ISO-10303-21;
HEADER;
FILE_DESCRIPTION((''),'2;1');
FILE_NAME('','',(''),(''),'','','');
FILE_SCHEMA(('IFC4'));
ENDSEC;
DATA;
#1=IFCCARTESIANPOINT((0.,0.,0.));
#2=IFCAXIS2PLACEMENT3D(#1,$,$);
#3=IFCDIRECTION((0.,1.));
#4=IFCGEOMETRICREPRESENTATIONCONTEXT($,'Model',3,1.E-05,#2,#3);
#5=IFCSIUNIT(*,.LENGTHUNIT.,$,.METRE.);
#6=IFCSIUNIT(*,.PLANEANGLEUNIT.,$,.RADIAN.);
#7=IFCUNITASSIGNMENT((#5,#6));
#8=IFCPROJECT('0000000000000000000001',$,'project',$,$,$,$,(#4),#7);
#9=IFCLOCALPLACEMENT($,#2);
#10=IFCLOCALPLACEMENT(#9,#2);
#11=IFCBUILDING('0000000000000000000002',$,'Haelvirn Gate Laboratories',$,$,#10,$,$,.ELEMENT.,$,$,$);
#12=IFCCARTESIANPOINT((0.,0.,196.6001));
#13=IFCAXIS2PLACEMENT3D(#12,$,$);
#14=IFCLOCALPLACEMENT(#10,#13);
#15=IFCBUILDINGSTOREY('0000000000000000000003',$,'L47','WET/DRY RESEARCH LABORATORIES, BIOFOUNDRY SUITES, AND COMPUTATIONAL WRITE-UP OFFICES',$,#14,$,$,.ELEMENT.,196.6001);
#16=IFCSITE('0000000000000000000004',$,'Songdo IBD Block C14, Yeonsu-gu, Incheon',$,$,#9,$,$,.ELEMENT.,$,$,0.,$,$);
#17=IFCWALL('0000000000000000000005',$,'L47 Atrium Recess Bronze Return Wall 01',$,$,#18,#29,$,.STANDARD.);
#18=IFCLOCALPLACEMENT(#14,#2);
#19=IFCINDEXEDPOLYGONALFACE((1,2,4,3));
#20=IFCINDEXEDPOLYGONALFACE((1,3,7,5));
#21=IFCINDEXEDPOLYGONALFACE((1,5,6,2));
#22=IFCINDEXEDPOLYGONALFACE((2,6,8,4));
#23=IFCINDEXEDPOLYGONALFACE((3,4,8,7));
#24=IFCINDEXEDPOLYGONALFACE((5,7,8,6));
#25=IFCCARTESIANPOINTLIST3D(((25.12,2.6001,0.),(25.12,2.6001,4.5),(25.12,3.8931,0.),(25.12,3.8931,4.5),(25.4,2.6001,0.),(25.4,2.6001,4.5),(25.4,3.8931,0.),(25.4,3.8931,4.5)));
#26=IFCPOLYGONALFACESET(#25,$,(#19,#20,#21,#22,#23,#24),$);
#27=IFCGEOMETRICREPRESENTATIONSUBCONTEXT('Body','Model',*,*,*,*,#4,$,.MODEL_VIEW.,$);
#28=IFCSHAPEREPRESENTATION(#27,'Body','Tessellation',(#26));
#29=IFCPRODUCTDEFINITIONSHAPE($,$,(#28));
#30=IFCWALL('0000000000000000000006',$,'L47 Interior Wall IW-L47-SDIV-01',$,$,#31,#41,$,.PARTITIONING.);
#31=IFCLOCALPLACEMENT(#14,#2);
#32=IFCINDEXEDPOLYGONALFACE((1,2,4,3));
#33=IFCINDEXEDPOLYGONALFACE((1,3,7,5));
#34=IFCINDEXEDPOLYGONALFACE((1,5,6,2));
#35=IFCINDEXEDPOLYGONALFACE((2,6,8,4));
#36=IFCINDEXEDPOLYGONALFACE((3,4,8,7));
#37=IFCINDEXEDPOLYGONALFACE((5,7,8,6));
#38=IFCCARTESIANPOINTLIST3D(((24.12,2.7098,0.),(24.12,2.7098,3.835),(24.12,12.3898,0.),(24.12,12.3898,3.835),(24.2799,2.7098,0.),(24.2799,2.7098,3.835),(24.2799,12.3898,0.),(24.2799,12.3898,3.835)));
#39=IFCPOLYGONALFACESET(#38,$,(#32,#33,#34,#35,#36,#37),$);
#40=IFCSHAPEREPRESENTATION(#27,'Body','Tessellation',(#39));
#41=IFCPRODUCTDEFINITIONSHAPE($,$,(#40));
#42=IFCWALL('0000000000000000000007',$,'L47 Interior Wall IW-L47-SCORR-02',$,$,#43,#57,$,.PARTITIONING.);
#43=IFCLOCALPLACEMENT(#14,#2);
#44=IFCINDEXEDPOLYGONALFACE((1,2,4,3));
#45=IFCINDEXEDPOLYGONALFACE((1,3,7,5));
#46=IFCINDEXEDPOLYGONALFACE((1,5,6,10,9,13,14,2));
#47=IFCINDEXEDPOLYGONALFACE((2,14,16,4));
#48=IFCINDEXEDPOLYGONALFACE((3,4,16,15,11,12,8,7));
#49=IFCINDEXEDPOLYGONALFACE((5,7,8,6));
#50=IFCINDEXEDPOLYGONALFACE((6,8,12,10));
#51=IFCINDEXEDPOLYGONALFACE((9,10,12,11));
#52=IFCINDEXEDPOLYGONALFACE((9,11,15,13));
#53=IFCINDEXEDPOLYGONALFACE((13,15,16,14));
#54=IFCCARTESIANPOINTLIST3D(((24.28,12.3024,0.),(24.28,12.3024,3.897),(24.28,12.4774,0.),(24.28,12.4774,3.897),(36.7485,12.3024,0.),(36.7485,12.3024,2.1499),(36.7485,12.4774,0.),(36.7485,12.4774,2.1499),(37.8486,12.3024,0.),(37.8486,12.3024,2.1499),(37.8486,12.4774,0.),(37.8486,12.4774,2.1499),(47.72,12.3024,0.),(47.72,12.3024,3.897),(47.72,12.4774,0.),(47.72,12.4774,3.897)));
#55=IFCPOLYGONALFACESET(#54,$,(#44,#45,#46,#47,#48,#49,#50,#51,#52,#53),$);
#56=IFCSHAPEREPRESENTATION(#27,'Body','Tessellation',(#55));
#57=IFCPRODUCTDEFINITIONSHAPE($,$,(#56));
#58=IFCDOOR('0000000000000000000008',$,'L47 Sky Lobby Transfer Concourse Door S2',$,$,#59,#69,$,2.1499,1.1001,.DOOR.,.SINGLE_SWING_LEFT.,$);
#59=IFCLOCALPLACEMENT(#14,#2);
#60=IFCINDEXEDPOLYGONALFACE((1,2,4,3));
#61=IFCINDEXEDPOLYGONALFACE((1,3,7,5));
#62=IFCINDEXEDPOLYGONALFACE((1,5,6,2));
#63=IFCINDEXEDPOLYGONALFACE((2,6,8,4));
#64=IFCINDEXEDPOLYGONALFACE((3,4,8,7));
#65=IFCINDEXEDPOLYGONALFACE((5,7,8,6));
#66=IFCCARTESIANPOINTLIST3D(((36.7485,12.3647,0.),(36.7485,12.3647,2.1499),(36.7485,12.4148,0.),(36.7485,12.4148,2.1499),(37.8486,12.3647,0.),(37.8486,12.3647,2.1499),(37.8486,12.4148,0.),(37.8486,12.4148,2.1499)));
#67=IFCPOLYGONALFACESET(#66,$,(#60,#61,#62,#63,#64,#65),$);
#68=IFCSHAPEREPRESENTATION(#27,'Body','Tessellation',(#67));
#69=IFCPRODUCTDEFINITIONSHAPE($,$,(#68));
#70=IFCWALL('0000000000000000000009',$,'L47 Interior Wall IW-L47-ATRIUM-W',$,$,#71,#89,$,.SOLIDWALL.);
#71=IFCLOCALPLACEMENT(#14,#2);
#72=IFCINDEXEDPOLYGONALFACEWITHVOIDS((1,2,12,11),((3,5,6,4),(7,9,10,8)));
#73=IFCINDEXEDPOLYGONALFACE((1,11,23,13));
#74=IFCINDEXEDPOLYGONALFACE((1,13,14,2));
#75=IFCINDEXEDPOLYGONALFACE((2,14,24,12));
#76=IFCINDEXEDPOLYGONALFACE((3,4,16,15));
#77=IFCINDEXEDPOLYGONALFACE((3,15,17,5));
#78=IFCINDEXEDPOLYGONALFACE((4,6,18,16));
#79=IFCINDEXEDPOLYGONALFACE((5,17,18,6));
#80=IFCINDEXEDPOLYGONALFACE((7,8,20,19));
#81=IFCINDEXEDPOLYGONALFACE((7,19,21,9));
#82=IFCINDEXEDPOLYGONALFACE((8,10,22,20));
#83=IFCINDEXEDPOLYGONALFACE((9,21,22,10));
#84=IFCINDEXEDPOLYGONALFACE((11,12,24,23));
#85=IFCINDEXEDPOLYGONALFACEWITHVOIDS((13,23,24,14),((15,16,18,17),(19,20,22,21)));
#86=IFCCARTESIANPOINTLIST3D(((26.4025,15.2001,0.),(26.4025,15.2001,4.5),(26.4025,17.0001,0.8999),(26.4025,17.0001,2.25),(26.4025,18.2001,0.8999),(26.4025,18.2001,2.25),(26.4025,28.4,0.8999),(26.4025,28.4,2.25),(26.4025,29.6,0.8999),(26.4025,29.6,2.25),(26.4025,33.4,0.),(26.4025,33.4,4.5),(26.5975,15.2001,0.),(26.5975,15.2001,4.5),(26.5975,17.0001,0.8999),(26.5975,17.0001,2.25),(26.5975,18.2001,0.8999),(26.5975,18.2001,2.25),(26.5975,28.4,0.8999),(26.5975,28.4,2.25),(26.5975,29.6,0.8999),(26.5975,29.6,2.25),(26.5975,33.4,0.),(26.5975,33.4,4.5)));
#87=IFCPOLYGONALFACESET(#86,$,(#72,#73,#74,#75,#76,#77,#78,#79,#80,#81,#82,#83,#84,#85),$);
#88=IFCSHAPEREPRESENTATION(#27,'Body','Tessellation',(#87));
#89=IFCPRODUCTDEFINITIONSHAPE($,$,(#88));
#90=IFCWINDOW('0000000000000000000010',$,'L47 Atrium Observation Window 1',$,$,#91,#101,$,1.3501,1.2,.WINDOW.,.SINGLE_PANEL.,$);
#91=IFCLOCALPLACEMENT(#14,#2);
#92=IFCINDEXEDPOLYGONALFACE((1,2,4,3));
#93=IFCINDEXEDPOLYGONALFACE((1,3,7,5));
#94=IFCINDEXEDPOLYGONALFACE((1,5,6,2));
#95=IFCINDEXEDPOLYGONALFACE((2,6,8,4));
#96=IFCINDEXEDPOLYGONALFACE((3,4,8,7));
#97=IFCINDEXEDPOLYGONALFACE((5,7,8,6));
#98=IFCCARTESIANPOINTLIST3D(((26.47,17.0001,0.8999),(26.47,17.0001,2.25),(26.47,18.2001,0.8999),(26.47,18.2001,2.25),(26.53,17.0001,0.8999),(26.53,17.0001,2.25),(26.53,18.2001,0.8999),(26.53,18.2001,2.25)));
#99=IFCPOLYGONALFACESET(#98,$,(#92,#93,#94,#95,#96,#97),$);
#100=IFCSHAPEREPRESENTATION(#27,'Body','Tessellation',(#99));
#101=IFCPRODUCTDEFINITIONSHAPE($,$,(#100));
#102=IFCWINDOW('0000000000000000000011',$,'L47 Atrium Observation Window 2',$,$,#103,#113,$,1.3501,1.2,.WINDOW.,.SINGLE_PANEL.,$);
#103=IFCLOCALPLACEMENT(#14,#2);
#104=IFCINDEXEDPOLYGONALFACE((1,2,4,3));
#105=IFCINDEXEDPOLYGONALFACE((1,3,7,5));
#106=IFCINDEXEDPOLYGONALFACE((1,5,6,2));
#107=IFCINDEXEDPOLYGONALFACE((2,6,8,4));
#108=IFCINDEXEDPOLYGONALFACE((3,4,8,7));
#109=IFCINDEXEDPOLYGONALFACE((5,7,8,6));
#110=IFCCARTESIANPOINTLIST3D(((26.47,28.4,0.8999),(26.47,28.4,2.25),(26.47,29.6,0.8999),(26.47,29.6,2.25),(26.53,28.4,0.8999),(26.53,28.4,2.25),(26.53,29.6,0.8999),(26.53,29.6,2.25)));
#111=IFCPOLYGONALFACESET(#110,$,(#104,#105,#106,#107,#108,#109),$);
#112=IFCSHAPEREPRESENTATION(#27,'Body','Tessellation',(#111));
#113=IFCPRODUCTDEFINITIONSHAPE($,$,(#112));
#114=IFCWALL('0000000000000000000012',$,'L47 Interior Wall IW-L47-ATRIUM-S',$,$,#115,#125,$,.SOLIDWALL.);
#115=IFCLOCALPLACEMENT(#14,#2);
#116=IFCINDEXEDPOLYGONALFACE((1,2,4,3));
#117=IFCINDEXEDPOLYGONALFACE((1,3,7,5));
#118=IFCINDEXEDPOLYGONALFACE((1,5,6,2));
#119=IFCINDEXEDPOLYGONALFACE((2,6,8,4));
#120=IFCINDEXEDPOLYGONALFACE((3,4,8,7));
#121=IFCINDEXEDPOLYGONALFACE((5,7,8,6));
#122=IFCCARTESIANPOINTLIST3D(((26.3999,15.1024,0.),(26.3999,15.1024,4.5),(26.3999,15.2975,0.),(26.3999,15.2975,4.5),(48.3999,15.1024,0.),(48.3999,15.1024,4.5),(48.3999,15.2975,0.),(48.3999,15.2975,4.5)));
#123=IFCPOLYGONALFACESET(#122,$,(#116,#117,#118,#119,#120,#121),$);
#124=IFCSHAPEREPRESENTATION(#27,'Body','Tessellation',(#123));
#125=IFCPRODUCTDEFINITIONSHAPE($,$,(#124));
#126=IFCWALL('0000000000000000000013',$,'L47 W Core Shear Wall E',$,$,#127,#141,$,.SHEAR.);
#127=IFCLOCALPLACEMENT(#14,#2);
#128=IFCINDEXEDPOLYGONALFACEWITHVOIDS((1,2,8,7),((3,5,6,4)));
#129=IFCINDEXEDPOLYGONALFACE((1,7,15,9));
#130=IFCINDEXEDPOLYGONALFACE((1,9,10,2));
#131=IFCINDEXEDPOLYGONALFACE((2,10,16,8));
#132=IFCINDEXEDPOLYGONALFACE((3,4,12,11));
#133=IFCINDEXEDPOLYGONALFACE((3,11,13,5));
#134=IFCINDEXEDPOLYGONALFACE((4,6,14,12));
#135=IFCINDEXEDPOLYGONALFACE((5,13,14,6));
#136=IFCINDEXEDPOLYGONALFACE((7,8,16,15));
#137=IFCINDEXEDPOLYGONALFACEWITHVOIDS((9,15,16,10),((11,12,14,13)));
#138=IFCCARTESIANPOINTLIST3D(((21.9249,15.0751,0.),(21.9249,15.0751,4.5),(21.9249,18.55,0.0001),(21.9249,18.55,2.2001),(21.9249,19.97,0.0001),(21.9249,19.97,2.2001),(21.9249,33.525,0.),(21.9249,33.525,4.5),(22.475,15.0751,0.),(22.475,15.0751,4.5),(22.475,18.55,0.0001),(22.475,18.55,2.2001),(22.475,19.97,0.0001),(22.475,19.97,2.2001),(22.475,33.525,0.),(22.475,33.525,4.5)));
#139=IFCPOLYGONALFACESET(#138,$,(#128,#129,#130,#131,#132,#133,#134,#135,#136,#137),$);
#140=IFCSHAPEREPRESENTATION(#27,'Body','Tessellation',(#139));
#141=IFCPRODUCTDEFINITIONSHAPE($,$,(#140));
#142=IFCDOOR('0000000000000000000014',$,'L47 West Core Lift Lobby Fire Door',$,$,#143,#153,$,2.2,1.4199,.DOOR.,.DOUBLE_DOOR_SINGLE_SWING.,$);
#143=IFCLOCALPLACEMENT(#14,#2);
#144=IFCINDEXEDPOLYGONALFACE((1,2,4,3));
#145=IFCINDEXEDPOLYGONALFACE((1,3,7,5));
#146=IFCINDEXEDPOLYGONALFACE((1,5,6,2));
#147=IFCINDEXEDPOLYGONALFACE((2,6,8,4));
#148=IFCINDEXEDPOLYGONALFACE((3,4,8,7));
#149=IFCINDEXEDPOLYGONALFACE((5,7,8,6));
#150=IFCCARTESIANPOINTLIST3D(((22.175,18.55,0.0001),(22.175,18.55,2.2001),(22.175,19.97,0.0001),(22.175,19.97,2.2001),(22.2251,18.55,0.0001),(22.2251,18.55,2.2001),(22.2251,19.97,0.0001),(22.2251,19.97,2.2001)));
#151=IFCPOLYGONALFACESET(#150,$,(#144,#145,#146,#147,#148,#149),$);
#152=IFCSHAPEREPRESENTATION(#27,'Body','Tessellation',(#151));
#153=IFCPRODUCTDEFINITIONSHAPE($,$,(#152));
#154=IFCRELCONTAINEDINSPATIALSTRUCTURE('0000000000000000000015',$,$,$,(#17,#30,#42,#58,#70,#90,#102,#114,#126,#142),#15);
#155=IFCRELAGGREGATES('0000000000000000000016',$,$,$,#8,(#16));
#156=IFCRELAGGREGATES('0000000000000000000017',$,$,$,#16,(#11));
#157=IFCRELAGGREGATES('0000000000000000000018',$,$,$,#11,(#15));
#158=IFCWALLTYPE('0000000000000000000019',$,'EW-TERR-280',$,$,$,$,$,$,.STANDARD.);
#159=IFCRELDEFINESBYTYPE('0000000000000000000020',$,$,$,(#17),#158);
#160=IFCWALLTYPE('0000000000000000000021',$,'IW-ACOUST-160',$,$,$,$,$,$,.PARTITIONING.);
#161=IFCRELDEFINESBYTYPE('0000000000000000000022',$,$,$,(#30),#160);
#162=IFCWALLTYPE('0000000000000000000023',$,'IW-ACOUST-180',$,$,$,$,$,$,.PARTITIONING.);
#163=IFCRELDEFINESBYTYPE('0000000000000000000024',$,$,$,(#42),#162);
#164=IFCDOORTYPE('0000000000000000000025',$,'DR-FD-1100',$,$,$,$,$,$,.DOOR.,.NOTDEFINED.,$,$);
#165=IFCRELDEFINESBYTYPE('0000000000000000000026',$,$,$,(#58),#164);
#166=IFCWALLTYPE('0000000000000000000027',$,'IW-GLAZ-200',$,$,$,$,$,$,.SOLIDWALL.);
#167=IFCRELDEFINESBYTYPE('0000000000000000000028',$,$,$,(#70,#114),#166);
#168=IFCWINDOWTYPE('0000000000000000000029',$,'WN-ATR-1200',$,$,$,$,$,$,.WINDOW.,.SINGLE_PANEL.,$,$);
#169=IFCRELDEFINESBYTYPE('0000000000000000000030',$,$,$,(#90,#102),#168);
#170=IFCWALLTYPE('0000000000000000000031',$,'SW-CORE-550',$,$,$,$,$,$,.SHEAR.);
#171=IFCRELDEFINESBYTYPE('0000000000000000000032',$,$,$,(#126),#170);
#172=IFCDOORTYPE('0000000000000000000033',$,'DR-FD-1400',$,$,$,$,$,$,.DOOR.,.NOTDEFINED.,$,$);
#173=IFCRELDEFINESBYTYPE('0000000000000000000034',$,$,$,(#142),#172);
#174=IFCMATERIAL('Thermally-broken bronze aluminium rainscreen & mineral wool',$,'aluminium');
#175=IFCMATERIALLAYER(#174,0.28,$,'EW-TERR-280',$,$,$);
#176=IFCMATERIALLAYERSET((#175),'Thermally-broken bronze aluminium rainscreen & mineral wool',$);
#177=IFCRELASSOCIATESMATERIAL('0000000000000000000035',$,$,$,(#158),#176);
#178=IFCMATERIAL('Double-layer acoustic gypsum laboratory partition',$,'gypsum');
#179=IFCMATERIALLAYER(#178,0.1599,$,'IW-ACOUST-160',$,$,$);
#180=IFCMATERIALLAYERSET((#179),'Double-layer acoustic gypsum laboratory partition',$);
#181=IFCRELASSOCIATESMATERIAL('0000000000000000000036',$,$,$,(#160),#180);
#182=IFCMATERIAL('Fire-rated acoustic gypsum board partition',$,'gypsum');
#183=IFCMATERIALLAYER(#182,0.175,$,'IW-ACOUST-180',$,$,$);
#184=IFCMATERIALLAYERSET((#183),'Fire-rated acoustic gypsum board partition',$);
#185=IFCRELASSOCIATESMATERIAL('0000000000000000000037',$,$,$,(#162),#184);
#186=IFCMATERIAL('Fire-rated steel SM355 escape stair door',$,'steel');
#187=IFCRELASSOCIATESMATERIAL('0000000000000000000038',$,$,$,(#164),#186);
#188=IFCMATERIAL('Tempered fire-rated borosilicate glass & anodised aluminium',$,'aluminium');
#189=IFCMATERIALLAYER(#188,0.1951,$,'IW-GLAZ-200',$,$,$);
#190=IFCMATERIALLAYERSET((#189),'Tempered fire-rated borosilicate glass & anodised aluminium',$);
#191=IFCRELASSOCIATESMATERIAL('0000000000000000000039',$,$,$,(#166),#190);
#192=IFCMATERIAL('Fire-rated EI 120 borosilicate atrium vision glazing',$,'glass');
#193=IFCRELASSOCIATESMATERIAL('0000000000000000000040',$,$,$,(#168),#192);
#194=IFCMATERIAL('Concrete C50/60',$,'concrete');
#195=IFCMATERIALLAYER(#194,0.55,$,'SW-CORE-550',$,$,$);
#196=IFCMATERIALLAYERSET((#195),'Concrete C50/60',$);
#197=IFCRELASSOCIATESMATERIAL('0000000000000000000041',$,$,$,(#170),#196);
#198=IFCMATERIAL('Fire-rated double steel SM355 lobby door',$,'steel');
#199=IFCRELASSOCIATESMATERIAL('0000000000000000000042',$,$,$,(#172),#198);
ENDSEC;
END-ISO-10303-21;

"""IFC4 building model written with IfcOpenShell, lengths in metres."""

from ifc_helpers import new_model, si_unit, direction, frame, frame_2d, origin, place, context, subcontext, project, spatial, rectangle, extrude, source, transform, mapped, material, layer, layer_set, type_object, type_shapes, element, fill, save


model = new_model("IFC4")

# Units and contexts
model_context = context("Model", 3, precision=1e-05, world=origin(), true_north=direction((0.0, 1.0)))
body_context = subcontext(model_context, "Body", "Model", "MODEL_VIEW")
ifc_project = project(units=[si_unit("LENGTHUNIT", "METRE"), si_unit("PLANEANGLEUNIT", "RADIAN")], contexts=[model_context])

# Site, building, storey
site_placement = place(None, origin())
site = spatial("IfcSite", under=ifc_project, at=site_placement, Name="Songdo IBD Block C14, Yeonsu-gu, Incheon", CompositionType="ELEMENT", RefElevation=0.0)
building_placement = place(site_placement, origin())
building = spatial("IfcBuilding", under=site, at=building_placement, Name="Haelvirn Gate Laboratories", CompositionType="ELEMENT")
storey_placement = place(building_placement, frame((0.0, 0.0, 196.6001)))
storey = spatial("IfcBuildingStorey", under=building, at=storey_placement, Name="L47", Description="WET/DRY RESEARCH LABORATORIES, BIOFOUNDRY SUITES, AND COMPUTATIONAL WRITE-UP OFFICES", CompositionType="ELEMENT", Elevation=196.6001)

# Shared definitions
ifc_material_1 = material(Name="Thermally-broken bronze aluminium rainscreen & mineral wool", Category="aluminium")
ifc_layer_1 = layer(ifc_material_1, 0.28, Name="EW-TERR-280")
ifc_layer_set_1 = layer_set([ifc_layer_1], Name="Thermally-broken bronze aluminium rainscreen & mineral wool")
wall_type_1 = type_object("IfcWallType", Name="EW-TERR-280", PredefinedType="STANDARD", material=ifc_layer_set_1)

# Walls
wall_1_placement = place(storey_placement, frame((25.26, 2.6001, 0.0), z_axis=(0.0, 0.0, 1.0), x_axis=(0.0, 1.0, 0.0)))
element("IfcWall", 1, at=wall_1_placement, inside=storey, type_object=wall_type_1, Name="L47 Atrium Recess Bronze Return Wall 01", PredefinedType="STANDARD", context=body_context, shape_type="SweptSolid", body=[
    extrude(rectangle(XDim=1.293, YDim=0.28, at=frame_2d((0.6465, 0.0))), origin(), (0.0, 0.0, 1.0), 4.5),
])
ifc_material_2 = material(Name="Double-layer acoustic gypsum laboratory partition", Category="gypsum")
ifc_layer_2 = layer(ifc_material_2, 0.1599, Name="IW-ACOUST-160")
ifc_layer_set_2 = layer_set([ifc_layer_2], Name="Double-layer acoustic gypsum laboratory partition")
wall_type_2 = type_object("IfcWallType", Name="IW-ACOUST-160", PredefinedType="PARTITIONING", material=ifc_layer_set_2)
wall_2_placement = place(storey_placement, frame((24.2, 2.71, 0.0), z_axis=(0.0, 0.0, 1.0), x_axis=(0.0, 1.0, 0.0)))
element("IfcWall", 2, at=wall_2_placement, inside=storey, type_object=wall_type_2, Name="L47 Interior Wall IW-L47-SDIV-01", PredefinedType="PARTITIONING", context=body_context, shape_type="SweptSolid", body=[
    extrude(rectangle(XDim=9.6799, YDim=0.1599, at=frame_2d((4.8398, 0.0))), origin(), (0.0, 0.0, 1.0), 3.835),
])

# Wall, opening, door
ifc_material_3 = material(Name="Fire-rated acoustic gypsum board partition", Category="gypsum")
ifc_layer_3 = layer(ifc_material_3, 0.175, Name="IW-ACOUST-180")
ifc_layer_set_3 = layer_set([ifc_layer_3], Name="Fire-rated acoustic gypsum board partition")
wall_type_3 = type_object("IfcWallType", Name="IW-ACOUST-180", PredefinedType="PARTITIONING", material=ifc_layer_set_3)
wall_3_placement = place(storey_placement, frame((24.28, 12.3899, 0.0), z_axis=(0.0, 0.0, 1.0), x_axis=(1.0, 0.0, 0.0)))
wall_3 = element("IfcWall", 3, at=wall_3_placement, inside=storey, type_object=wall_type_3, Name="L47 Interior Wall IW-L47-SCORR-02", PredefinedType="PARTITIONING", context=body_context, shape_type="SweptSolid", body=[
    extrude(rectangle(XDim=23.4399, YDim=0.175, at=frame_2d((11.72, 0.0))), origin(), (0.0, 0.0, 1.0), 3.897),
])
opening_1_placement = place(wall_3_placement, frame((12.4685, 0.0, 0.0)))
opening_1 = element("IfcOpeningElement", 4, at=opening_1_placement, cuts=wall_3, PredefinedType="OPENING", context=body_context, shape_type="SweptSolid", body=[
    extrude(rectangle(XDim=1.1001, YDim=2.1499, at=frame_2d((0.55, 1.075))), frame((0.0, 0.0977, 0.0), z_axis=(0.0, -1.0, 0.0), x_axis=(1.0, 0.0, 0.0)), (0.0, 0.0, 1.0), 0.1951),
])
ifc_material_4 = material(Name="Fire-rated steel SM355 escape stair door", Category="steel")
door_type_1 = type_object("IfcDoorType", Name="DR-FD-1100", OperationType="NOTDEFINED", PredefinedType="DOOR", material=ifc_material_4)
shared_shape_1 = source(origin(), body_context, "Body", "SweptSolid", [
    extrude(rectangle(XDim=1.1001, YDim=2.1499, at=frame_2d((0.55, 1.075))), frame((0.0, 0.0249, 0.0), z_axis=(0.0, -1.0, 0.0), x_axis=(1.0, 0.0, 0.0)), (0.0, 0.0, 1.0), 0.05),
])
type_shapes(door_type_1, [shared_shape_1])
door_1_placement = place(opening_1_placement, origin())
door_1 = element("IfcDoor", 5, at=door_1_placement, inside=storey, type_object=door_type_1, Name="L47 Sky Lobby Transfer Concourse Door S2", OperationType="SINGLE_SWING_LEFT", OverallHeight=2.1499, OverallWidth=1.1001, PredefinedType="DOOR", context=body_context, shape_type="MappedRepresentation", body=[
    mapped(shared_shape_1, transform((0.0, 0.0, 0.0), scale=1.0)),
])
fill(opening_1, door_1)

# Wall, openings, windows
ifc_material_5 = material(Name="Tempered fire-rated borosilicate glass & anodised aluminium", Category="aluminium")
ifc_layer_4 = layer(ifc_material_5, 0.1951, Name="IW-GLAZ-200")
ifc_layer_set_4 = layer_set([ifc_layer_4], Name="Tempered fire-rated borosilicate glass & anodised aluminium")
wall_type_4 = type_object("IfcWallType", Name="IW-GLAZ-200", PredefinedType="SOLIDWALL", material=ifc_layer_set_4)
wall_4_placement = place(storey_placement, frame((26.5, 15.2, 0.0), z_axis=(0.0, 0.0, 1.0), x_axis=(0.0, 1.0, 0.0)))
wall_4 = element("IfcWall", 6, at=wall_4_placement, inside=storey, type_object=wall_type_4, Name="L47 Interior Wall IW-L47-ATRIUM-W", PredefinedType="SOLIDWALL", context=body_context, shape_type="SweptSolid", body=[
    extrude(rectangle(XDim=18.2, YDim=0.1951, at=frame_2d((9.1001, 0.0))), origin(), (0.0, 0.0, 1.0), 4.5),
])
opening_2_placement = place(wall_4_placement, frame((1.8, 0.0, 0.8999)))
opening_2 = element("IfcOpeningElement", 7, at=opening_2_placement, cuts=wall_4, PredefinedType="OPENING", context=body_context, shape_type="SweptSolid", body=[
    extrude(rectangle(XDim=1.2, YDim=1.3501, at=frame_2d((0.6001, 0.675))), frame((0.0, 0.1074, 0.0), z_axis=(0.0, -1.0, 0.0), x_axis=(1.0, 0.0, 0.0)), (0.0, 0.0, 1.0), 0.2151),
])
opening_3_placement = place(wall_4_placement, frame((13.2, 0.0, 0.8999)))
opening_3 = element("IfcOpeningElement", 8, at=opening_3_placement, cuts=wall_4, PredefinedType="OPENING", context=body_context, shape_type="SweptSolid", body=[
    extrude(rectangle(XDim=1.2, YDim=1.3501, at=frame_2d((0.6001, 0.675))), frame((0.0, 0.1074, 0.0), z_axis=(0.0, -1.0, 0.0), x_axis=(1.0, 0.0, 0.0)), (0.0, 0.0, 1.0), 0.2151),
])
ifc_material_6 = material(Name="Fire-rated EI 120 borosilicate atrium vision glazing", Category="glass")
window_type_1 = type_object("IfcWindowType", Name="WN-ATR-1200", PartitioningType="SINGLE_PANEL", PredefinedType="WINDOW", material=ifc_material_6)
shared_shape_2 = source(origin(), body_context, "Body", "SweptSolid", [
    extrude(rectangle(XDim=1.2, YDim=1.3501, at=frame_2d((0.6001, 0.675))), frame((0.0, 0.03, 0.0), z_axis=(0.0, -1.0, 0.0), x_axis=(1.0, 0.0, 0.0)), (0.0, 0.0, 1.0), 0.0601),
])
type_shapes(window_type_1, [shared_shape_2])
window_1_placement = place(opening_2_placement, origin())
window_1 = element("IfcWindow", 9, at=window_1_placement, inside=storey, type_object=window_type_1, Name="L47 Atrium Observation Window 1", OverallHeight=1.3501, OverallWidth=1.2, PartitioningType="SINGLE_PANEL", PredefinedType="WINDOW", context=body_context, shape_type="MappedRepresentation", body=[
    mapped(shared_shape_2, transform((0.0, 0.0, 0.0), scale=1.0)),
])
fill(opening_2, window_1)
window_2_placement = place(opening_3_placement, origin())
window_2 = element("IfcWindow", 10, at=window_2_placement, inside=storey, type_object=window_type_1, Name="L47 Atrium Observation Window 2", OverallHeight=1.3501, OverallWidth=1.2, PartitioningType="SINGLE_PANEL", PredefinedType="WINDOW", context=body_context, shape_type="MappedRepresentation", body=[
    mapped(shared_shape_2, transform((0.0, 0.0, 0.0), scale=1.0)),
])
fill(opening_3, window_2)

# Wall
wall_5_placement = place(storey_placement, frame((26.3999, 15.2, 0.0), z_axis=(0.0, 0.0, 1.0), x_axis=(1.0, 0.0, 0.0)))
element("IfcWall", 11, at=wall_5_placement, inside=storey, type_object=wall_type_4, Name="L47 Interior Wall IW-L47-ATRIUM-S", PredefinedType="SOLIDWALL", context=body_context, shape_type="SweptSolid", body=[
    extrude(rectangle(XDim=22.0, YDim=0.1951, at=frame_2d((11.0, 0.0))), origin(), (0.0, 0.0, 1.0), 4.5),
])

# Wall, opening, door
ifc_material_7 = material(Name="Concrete C50/60", Category="concrete")
ifc_layer_5 = layer(ifc_material_7, 0.55, Name="SW-CORE-550")
ifc_layer_set_5 = layer_set([ifc_layer_5], Name="Concrete C50/60")
wall_type_5 = type_object("IfcWallType", Name="SW-CORE-550", PredefinedType="SHEAR", material=ifc_layer_set_5)
wall_6_placement = place(storey_placement, frame((22.2, 15.075, 0.0), z_axis=(0.0, 0.0, 1.0), x_axis=(0.0, 1.0, 0.0)))
wall_6 = element("IfcWall", 12, at=wall_6_placement, inside=storey, type_object=wall_type_5, Name="L47 W Core Shear Wall E", PredefinedType="SHEAR", context=body_context, shape_type="SweptSolid", body=[
    extrude(rectangle(XDim=18.45, YDim=0.55, at=frame_2d((9.2251, 0.0))), origin(), (0.0, 0.0, 1.0), 4.5),
])
opening_4_placement = place(wall_6_placement, frame((3.4751, 0.0, 0.0)))
opening_4 = element("IfcOpeningElement", 13, at=opening_4_placement, cuts=wall_6, PredefinedType="OPENING", context=body_context, shape_type="SweptSolid", body=[
    extrude(rectangle(XDim=1.4199, YDim=2.2, at=frame_2d((0.71, 1.1001))), frame((0.0, 0.2852, 0.0), z_axis=(0.0, -1.0, 0.0), x_axis=(1.0, 0.0, 0.0)), (0.0, 0.0, 1.0), 0.5701),
])
ifc_material_8 = material(Name="Fire-rated double steel SM355 lobby door", Category="steel")
door_type_2 = type_object("IfcDoorType", Name="DR-FD-1400", OperationType="NOTDEFINED", PredefinedType="DOOR", material=ifc_material_8)
shared_shape_3 = source(origin(), body_context, "Body", "SweptSolid", [
    extrude(rectangle(XDim=1.4199, YDim=2.2, at=frame_2d((0.71, 1.1001))), frame((0.0, 0.0249, 0.0), z_axis=(0.0, -1.0, 0.0), x_axis=(1.0, 0.0, 0.0)), (0.0, 0.0, 1.0), 0.05),
])
type_shapes(door_type_2, [shared_shape_3])
door_2_placement = place(opening_4_placement, origin())
door_2 = element("IfcDoor", 14, at=door_2_placement, inside=storey, type_object=door_type_2, Name="L47 West Core Lift Lobby Fire Door", OperationType="DOUBLE_DOOR_SINGLE_SWING", OverallHeight=2.2, OverallWidth=1.4199, PredefinedType="DOOR", context=body_context, shape_type="MappedRepresentation", body=[
    mapped(shared_shape_3, transform((0.0, 0.0, 0.0), scale=1.0)),
])
fill(opening_4, door_2)

save(model, "model.ifc")
